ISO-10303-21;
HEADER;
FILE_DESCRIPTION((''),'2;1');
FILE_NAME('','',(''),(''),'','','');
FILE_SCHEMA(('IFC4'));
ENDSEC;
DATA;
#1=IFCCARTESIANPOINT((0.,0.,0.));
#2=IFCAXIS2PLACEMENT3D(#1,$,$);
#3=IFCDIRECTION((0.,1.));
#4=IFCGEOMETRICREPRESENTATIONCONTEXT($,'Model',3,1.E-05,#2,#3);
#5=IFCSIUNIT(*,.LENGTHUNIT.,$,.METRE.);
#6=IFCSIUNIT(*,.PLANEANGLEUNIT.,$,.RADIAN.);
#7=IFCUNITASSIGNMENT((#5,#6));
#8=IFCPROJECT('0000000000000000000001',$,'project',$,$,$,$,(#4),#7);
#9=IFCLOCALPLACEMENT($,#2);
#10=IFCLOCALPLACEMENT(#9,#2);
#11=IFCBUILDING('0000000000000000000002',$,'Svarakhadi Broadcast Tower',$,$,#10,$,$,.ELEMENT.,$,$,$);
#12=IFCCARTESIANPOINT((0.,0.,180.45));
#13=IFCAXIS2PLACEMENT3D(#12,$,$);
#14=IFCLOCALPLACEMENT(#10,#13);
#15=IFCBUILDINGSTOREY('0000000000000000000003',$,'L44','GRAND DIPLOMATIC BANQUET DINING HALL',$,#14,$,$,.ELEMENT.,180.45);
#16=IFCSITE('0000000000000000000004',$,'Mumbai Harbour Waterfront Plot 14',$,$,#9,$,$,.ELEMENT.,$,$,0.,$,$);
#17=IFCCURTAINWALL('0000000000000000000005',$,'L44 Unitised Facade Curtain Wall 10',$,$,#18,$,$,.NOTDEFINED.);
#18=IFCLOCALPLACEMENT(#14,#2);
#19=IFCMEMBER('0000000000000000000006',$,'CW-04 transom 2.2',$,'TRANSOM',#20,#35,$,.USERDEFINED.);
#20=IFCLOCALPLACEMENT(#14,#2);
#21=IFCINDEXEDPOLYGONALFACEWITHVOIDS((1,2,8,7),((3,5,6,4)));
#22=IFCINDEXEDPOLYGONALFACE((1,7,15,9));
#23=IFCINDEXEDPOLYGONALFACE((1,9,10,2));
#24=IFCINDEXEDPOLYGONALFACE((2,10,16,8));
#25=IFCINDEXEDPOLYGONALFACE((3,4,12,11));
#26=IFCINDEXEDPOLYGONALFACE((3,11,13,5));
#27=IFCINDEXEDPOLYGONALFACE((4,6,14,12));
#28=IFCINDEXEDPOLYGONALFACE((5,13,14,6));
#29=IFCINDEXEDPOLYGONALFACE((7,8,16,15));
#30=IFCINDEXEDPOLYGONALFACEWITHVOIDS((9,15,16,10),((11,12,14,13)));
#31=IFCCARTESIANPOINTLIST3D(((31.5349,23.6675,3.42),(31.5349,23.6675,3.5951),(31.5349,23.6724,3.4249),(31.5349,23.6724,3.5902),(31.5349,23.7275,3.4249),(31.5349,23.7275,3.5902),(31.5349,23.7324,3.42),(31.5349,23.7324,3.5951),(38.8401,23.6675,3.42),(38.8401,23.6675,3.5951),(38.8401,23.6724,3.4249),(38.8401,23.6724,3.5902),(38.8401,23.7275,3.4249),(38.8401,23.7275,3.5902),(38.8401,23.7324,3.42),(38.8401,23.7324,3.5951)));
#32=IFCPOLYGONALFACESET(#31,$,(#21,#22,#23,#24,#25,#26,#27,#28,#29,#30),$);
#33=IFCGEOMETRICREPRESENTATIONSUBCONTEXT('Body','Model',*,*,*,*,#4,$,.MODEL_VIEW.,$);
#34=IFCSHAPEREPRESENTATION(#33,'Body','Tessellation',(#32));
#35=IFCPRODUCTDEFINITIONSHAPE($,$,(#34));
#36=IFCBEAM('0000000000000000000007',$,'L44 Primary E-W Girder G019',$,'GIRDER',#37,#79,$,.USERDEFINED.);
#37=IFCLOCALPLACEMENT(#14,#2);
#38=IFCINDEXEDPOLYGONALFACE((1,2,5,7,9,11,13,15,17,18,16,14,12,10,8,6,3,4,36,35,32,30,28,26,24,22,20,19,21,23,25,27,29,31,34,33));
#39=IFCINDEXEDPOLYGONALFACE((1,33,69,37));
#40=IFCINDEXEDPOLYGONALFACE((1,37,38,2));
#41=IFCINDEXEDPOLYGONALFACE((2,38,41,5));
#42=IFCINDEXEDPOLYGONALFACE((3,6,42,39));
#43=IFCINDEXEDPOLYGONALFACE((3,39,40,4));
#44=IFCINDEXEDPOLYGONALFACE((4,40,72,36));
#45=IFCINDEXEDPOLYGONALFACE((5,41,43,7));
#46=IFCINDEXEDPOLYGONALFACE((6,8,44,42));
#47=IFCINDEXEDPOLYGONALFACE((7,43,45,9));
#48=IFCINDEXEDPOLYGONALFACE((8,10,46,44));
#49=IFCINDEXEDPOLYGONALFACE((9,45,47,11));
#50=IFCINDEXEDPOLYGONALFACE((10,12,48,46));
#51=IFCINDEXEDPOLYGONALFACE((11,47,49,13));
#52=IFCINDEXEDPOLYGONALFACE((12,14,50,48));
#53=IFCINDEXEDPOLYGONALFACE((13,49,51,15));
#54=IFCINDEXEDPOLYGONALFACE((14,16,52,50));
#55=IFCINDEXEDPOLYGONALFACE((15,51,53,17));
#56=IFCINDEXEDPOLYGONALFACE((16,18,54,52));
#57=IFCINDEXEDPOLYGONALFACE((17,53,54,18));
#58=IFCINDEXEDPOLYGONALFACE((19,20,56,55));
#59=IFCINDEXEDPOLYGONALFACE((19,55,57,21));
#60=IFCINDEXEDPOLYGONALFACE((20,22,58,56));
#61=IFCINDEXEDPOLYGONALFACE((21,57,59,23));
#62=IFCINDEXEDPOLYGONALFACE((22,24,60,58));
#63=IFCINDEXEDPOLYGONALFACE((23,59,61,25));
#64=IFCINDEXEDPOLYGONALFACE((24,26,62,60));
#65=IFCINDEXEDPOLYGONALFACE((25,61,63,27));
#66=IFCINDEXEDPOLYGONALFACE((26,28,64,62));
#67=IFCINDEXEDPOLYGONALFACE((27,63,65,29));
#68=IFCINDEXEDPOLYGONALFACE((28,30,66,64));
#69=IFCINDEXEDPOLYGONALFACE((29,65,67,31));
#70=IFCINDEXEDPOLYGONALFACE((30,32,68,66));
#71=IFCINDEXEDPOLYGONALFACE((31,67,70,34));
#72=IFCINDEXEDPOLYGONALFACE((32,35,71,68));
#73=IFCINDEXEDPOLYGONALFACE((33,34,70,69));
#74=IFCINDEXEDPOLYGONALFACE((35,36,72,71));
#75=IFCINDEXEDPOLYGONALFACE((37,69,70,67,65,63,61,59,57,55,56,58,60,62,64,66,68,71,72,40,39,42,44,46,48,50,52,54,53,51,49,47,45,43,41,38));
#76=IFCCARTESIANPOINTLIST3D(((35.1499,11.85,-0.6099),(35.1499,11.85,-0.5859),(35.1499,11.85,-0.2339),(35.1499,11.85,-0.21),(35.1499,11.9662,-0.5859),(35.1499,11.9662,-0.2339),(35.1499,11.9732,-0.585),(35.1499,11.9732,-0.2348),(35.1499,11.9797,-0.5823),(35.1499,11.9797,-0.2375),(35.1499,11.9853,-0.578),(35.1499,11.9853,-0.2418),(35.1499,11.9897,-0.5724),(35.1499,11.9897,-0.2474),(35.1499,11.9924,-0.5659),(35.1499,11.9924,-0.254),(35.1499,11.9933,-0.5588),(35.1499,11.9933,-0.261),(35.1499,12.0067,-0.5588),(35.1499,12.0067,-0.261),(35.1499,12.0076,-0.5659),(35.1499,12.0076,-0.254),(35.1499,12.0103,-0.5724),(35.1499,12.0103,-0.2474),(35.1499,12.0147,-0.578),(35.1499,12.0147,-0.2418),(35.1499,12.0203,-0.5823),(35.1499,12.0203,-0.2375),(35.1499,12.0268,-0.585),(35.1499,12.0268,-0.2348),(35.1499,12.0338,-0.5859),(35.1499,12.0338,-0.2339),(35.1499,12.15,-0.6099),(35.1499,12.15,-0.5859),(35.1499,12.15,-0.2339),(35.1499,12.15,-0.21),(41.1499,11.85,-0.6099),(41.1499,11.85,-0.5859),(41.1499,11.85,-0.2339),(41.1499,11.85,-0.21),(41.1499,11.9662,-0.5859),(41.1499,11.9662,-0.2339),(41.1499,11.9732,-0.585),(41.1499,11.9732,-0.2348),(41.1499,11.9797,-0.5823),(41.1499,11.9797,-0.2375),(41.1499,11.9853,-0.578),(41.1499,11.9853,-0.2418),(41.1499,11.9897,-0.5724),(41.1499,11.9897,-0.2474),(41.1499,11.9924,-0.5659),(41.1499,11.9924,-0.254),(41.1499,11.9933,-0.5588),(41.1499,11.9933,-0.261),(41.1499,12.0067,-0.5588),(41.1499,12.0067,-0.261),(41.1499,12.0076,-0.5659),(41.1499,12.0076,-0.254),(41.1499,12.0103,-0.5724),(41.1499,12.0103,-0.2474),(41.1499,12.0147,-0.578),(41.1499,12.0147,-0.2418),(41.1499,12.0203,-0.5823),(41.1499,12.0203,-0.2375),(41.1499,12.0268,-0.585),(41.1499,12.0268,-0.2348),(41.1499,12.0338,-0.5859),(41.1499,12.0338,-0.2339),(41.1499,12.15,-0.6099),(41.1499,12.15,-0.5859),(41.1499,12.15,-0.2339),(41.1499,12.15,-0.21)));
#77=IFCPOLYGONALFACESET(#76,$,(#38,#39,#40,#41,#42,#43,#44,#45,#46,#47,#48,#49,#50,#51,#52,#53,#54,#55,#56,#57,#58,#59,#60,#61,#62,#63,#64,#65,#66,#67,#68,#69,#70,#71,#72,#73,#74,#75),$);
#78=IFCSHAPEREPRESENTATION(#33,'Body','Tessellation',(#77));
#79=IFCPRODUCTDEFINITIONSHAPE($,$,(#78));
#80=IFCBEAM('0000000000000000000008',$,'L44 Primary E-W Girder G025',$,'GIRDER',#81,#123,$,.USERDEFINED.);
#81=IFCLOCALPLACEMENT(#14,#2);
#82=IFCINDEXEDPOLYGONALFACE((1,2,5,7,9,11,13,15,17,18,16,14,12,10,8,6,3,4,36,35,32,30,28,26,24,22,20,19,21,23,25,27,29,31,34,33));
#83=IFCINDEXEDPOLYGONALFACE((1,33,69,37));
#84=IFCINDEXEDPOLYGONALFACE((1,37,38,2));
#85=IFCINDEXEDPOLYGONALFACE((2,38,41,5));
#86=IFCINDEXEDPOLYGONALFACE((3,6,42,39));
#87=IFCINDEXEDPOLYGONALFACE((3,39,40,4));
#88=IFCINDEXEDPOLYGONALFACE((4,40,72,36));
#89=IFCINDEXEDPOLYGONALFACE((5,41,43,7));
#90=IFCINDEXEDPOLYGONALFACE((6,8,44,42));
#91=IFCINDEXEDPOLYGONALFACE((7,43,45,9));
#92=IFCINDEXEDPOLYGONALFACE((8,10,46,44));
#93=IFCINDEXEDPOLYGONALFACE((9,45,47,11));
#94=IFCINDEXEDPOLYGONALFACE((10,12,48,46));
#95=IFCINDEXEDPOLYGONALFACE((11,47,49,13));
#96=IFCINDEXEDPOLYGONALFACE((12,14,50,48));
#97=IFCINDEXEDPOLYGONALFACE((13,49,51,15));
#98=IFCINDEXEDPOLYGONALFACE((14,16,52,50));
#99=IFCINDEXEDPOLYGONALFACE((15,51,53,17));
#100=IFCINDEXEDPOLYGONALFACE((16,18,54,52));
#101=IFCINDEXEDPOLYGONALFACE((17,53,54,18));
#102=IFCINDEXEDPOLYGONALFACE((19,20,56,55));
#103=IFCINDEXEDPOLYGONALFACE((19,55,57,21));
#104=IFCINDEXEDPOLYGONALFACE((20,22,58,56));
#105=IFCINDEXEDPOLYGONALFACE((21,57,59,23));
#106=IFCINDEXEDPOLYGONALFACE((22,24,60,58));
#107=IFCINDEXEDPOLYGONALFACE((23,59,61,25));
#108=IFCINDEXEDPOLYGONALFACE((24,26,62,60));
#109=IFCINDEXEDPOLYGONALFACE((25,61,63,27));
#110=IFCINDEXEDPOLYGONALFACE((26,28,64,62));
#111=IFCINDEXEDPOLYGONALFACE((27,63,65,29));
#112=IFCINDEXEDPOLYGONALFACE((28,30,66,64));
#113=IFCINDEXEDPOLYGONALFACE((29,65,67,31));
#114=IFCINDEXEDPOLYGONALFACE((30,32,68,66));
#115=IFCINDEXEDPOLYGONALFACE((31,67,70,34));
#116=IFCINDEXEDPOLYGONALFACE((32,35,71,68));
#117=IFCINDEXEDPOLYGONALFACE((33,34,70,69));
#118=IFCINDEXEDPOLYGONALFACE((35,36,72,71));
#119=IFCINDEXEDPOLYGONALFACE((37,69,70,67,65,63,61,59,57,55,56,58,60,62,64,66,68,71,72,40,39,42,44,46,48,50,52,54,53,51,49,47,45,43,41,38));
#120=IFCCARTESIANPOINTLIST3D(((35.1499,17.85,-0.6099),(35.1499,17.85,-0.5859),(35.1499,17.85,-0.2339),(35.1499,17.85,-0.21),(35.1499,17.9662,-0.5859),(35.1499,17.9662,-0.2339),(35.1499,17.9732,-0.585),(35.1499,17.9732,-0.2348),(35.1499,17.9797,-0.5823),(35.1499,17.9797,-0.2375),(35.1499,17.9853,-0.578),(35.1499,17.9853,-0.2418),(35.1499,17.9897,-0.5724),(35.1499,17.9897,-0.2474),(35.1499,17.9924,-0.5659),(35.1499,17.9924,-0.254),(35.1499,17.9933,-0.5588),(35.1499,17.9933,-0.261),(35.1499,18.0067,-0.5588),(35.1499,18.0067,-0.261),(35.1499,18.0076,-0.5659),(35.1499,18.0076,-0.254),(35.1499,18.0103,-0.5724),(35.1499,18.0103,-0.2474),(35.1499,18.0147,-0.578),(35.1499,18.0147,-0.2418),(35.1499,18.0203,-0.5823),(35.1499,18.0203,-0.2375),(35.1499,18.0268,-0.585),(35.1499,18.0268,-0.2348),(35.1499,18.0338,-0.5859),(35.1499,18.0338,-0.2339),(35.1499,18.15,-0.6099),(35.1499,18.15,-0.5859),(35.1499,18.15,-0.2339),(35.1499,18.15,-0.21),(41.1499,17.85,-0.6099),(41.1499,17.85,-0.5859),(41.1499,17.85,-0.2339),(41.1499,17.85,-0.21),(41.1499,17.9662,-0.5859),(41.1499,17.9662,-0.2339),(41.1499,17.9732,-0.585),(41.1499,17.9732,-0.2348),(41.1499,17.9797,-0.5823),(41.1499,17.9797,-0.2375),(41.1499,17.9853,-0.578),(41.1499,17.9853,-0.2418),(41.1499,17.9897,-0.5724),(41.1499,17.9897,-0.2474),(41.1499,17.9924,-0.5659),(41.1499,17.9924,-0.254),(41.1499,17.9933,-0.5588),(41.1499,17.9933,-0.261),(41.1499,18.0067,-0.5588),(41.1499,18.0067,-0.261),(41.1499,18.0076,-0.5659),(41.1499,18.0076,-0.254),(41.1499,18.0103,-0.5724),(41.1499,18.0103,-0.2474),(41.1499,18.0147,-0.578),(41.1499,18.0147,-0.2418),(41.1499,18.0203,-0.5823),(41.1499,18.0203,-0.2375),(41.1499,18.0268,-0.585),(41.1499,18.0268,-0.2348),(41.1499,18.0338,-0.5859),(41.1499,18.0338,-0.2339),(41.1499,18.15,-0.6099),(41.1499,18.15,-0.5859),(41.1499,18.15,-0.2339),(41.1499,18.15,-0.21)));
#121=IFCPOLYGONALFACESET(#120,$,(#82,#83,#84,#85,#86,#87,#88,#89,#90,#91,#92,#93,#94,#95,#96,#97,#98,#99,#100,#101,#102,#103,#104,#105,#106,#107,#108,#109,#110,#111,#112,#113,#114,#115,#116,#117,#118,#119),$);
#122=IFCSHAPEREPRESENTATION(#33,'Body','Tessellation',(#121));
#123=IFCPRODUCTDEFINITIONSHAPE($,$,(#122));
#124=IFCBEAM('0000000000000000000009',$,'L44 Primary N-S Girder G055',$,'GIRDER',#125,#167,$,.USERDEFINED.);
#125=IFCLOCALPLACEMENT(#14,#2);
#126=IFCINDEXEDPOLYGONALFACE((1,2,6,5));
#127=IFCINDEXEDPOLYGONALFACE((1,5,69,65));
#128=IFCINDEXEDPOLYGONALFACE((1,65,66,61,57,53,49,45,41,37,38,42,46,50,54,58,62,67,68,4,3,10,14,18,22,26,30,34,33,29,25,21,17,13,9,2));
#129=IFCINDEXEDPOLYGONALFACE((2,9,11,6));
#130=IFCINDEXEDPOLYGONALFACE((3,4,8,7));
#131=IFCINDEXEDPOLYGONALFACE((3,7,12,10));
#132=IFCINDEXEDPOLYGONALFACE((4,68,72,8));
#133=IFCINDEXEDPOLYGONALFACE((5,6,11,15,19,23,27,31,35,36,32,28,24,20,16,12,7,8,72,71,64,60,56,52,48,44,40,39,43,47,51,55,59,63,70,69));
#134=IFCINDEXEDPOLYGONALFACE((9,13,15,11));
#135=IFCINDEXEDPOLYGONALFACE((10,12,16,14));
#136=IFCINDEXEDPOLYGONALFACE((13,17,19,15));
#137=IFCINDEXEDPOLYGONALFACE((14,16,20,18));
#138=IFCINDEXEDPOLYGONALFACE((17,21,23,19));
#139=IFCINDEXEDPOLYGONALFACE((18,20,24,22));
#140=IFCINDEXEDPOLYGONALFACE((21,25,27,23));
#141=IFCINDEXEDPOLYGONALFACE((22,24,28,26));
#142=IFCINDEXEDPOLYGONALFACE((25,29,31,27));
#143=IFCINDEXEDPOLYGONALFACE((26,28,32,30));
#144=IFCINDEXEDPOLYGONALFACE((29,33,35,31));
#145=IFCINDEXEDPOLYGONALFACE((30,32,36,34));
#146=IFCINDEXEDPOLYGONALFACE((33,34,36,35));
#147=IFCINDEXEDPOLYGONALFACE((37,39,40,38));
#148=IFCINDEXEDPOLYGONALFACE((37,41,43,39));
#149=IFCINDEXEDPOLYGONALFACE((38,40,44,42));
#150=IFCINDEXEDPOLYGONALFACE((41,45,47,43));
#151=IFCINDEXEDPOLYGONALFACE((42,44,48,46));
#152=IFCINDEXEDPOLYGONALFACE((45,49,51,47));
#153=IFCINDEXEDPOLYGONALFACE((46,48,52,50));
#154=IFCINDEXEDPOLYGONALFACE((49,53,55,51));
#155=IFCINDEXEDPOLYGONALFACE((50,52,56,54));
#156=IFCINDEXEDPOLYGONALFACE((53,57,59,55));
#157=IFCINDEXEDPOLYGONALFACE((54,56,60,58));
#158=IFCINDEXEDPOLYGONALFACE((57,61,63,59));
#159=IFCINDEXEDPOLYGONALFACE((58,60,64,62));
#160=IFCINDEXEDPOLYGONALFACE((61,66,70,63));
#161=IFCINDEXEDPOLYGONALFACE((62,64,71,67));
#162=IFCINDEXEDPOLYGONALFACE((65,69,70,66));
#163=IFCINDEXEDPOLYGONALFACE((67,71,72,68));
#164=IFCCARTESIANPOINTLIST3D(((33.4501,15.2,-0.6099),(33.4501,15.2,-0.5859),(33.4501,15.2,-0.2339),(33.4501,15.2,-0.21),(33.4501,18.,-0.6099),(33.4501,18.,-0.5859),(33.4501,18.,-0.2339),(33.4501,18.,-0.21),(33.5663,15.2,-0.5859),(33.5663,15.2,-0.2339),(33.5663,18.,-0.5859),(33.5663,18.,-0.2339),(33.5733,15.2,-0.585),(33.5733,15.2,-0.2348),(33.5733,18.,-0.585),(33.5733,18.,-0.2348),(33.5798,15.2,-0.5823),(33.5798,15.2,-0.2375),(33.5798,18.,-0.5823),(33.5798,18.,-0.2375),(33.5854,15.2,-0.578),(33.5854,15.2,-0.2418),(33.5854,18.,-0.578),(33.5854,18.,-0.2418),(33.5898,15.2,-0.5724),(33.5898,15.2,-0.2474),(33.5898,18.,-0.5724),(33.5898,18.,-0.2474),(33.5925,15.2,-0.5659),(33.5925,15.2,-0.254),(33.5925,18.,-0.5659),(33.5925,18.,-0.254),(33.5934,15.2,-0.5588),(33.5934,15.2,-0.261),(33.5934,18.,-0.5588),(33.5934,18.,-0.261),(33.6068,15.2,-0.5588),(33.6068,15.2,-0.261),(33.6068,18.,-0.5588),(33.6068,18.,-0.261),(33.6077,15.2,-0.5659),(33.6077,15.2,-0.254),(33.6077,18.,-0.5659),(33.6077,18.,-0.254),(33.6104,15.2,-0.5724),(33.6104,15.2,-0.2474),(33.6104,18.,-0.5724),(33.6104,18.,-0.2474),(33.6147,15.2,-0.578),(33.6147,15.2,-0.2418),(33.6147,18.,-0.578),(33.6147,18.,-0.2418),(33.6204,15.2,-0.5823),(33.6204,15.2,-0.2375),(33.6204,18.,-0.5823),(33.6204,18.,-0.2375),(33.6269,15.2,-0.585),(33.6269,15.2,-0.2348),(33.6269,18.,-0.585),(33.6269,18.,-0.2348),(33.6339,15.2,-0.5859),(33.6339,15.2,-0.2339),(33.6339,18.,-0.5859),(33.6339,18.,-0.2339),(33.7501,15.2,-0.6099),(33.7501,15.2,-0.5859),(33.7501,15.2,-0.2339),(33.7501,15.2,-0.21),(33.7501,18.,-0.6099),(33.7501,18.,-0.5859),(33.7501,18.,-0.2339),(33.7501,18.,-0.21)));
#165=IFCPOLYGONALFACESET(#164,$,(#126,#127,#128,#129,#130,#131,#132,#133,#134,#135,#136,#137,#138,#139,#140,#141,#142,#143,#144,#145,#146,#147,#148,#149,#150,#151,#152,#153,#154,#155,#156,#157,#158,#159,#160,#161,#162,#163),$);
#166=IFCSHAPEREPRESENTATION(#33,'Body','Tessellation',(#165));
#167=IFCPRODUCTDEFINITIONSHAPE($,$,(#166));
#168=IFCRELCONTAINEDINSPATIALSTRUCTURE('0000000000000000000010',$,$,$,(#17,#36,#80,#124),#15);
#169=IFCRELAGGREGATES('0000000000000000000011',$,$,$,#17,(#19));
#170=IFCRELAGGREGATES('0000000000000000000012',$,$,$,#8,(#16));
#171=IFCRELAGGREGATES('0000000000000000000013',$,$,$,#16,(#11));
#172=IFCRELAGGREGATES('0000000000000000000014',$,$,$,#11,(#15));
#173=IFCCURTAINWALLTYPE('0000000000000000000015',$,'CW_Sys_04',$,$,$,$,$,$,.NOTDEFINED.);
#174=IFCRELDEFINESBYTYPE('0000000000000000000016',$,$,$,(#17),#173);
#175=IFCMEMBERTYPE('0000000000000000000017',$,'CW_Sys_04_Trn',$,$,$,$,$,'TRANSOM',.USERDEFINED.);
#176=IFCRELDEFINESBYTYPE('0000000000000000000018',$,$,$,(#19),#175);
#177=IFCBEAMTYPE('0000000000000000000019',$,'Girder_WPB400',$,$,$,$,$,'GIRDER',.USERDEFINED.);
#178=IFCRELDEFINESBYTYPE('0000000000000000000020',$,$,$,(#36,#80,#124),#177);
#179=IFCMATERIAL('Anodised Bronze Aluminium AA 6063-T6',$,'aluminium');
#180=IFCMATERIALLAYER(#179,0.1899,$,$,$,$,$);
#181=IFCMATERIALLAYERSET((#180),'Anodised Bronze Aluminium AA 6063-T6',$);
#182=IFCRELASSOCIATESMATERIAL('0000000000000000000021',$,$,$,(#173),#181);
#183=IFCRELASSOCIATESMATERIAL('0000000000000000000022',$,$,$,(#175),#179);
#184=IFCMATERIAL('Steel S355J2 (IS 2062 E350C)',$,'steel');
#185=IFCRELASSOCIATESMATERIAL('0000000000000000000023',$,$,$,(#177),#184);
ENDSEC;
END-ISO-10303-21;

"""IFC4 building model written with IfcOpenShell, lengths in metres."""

from ifc_helpers import new_model, si_unit, direction, frame, origin, origin_2d, place, context, subcontext, project, spatial, hollow_rectangle, i_section, extrude, material, layer, layer_set, material_profile, profile_set, type_object, element, aggregate, save


model = new_model("IFC4")

# Units and contexts
model_context = context("Model", 3, precision=1e-05, world=origin(), true_north=direction((0.0, 1.0)))
body_context = subcontext(model_context, "Body", "Model", "MODEL_VIEW")
ifc_project = project(units=[si_unit("LENGTHUNIT", "METRE"), si_unit("PLANEANGLEUNIT", "RADIAN")], contexts=[model_context])

# Site, building, storey
site_placement = place(None, origin())
site = spatial("IfcSite", under=ifc_project, at=site_placement, Name="Mumbai Harbour Waterfront Plot 14", CompositionType="ELEMENT", RefElevation=0.0)
building_placement = place(site_placement, origin())
building = spatial("IfcBuilding", under=site, at=building_placement, Name="Svarakhadi Broadcast Tower", CompositionType="ELEMENT")
storey_placement = place(building_placement, frame((0.0, 0.0, 180.45)))
storey = spatial("IfcBuildingStorey", under=building, at=storey_placement, Name="L44", Description="GRAND DIPLOMATIC BANQUET DINING HALL", CompositionType="ELEMENT", Elevation=180.45)

# Shared definitions
ifc_material_1 = material(Name="Steel S355J2 (IS 2062 E350C)", Category="steel")

# Curtain wall, member
ifc_material_2 = material(Name="Anodised Bronze Aluminium AA 6063-T6", Category="aluminium")
ifc_layer_1 = layer(ifc_material_2, 0.1899)
ifc_layer_set_1 = layer_set([ifc_layer_1], Name="Anodised Bronze Aluminium AA 6063-T6")
curtain_wall_type = type_object("IfcCurtainWallType", Name="CW_Sys_04", PredefinedType="NOTDEFINED", material=ifc_layer_set_1)
curtain_wall_placement = place(storey_placement, origin())
curtain_wall = element("IfcCurtainWall", 1, at=curtain_wall_placement, inside=storey, type_object=curtain_wall_type, Name="L44 Unitised Facade Curtain Wall 10", PredefinedType="NOTDEFINED")
ifc_material_profile_1 = material_profile(ifc_material_2, hollow_rectangle(XDim=0.0649, YDim=0.175, WallThickness=0.0049, at=origin_2d()), Name="ALU TRANSOM 175x65x5")
ifc_profile_set_1 = profile_set([ifc_material_profile_1], Name="Anodised Bronze Aluminium AA 6063-T6")
member_type_1 = type_object("IfcMemberType", Name="CW_Sys_04_Trn", ElementType="TRANSOM", PredefinedType="USERDEFINED", material=ifc_profile_set_1)
member_1_placement = place(storey_placement, frame((31.5349, 23.7, 3.5076), z_axis=(1.0, 0.0, 0.0), x_axis=(0.0, 1.0, 0.0)))
member_1 = element("IfcMember", 2, at=member_1_placement, type_object=member_type_1, Name="CW-04 transom 2.2", ObjectType="TRANSOM", PredefinedType="USERDEFINED", context=body_context, shape_type="SweptSolid", body=[
    extrude(hollow_rectangle(XDim=0.0649, YDim=0.175, WallThickness=0.0049, at=origin_2d()), origin(), (0.0, 0.0, 1.0), 7.3052),
])

# Beams
ifc_material_profile_2 = material_profile(ifc_material_1, i_section(OverallWidth=0.3, OverallDepth=0.3999, WebThickness=0.0134, FlangeThickness=0.0239, FilletRadius=0.0271, at=origin_2d()), Name="WPB 400x300x155")
ifc_profile_set_2 = profile_set([ifc_material_profile_2], Name="Steel S355J2 (IS 2062 E350C)")
beam_type_1 = type_object("IfcBeamType", Name="Girder_WPB400", ElementType="GIRDER", PredefinedType="USERDEFINED", material=ifc_profile_set_2)
for number, where, z_axis, x_axis, name in (
    (3, (35.1499, 12.0, -0.4099), (1.0, 0.0, 0.0), (0.0, 1.0, 0.0), "L44 Primary E-W Girder G019"),
    (4, (35.1499, 18.0, -0.4099), (1.0, 0.0, 0.0), (0.0, 1.0, 0.0), "L44 Primary E-W Girder G025"),
):
    element("IfcBeam", number, at=place(storey_placement, frame(where, z_axis=z_axis, x_axis=x_axis)), inside=storey, type_object=beam_type_1, Name=name, ObjectType="GIRDER", PredefinedType="USERDEFINED", context=body_context, shape_type="SweptSolid", body=[
        extrude(i_section(OverallWidth=0.3, OverallDepth=0.3999, WebThickness=0.0134, FlangeThickness=0.0239, FilletRadius=0.0271, at=origin_2d()), origin(), (0.0, 0.0, 1.0), 6.0),
    ])
beam_1_placement = place(storey_placement, frame((33.6001, 15.2, -0.4099), z_axis=(0.0, 1.0, 0.0), x_axis=(-1.0, 0.0, 0.0)))
element("IfcBeam", 5, at=beam_1_placement, inside=storey, type_object=beam_type_1, Name="L44 Primary N-S Girder G055", ObjectType="GIRDER", PredefinedType="USERDEFINED", context=body_context, shape_type="SweptSolid", body=[
    extrude(i_section(OverallWidth=0.3, OverallDepth=0.3999, WebThickness=0.0134, FlangeThickness=0.0239, FilletRadius=0.0271, at=origin_2d()), origin(), (0.0, 0.0, 1.0), 2.8),
])

aggregate(curtain_wall, [member_1])

save(model, "model.ifc")
